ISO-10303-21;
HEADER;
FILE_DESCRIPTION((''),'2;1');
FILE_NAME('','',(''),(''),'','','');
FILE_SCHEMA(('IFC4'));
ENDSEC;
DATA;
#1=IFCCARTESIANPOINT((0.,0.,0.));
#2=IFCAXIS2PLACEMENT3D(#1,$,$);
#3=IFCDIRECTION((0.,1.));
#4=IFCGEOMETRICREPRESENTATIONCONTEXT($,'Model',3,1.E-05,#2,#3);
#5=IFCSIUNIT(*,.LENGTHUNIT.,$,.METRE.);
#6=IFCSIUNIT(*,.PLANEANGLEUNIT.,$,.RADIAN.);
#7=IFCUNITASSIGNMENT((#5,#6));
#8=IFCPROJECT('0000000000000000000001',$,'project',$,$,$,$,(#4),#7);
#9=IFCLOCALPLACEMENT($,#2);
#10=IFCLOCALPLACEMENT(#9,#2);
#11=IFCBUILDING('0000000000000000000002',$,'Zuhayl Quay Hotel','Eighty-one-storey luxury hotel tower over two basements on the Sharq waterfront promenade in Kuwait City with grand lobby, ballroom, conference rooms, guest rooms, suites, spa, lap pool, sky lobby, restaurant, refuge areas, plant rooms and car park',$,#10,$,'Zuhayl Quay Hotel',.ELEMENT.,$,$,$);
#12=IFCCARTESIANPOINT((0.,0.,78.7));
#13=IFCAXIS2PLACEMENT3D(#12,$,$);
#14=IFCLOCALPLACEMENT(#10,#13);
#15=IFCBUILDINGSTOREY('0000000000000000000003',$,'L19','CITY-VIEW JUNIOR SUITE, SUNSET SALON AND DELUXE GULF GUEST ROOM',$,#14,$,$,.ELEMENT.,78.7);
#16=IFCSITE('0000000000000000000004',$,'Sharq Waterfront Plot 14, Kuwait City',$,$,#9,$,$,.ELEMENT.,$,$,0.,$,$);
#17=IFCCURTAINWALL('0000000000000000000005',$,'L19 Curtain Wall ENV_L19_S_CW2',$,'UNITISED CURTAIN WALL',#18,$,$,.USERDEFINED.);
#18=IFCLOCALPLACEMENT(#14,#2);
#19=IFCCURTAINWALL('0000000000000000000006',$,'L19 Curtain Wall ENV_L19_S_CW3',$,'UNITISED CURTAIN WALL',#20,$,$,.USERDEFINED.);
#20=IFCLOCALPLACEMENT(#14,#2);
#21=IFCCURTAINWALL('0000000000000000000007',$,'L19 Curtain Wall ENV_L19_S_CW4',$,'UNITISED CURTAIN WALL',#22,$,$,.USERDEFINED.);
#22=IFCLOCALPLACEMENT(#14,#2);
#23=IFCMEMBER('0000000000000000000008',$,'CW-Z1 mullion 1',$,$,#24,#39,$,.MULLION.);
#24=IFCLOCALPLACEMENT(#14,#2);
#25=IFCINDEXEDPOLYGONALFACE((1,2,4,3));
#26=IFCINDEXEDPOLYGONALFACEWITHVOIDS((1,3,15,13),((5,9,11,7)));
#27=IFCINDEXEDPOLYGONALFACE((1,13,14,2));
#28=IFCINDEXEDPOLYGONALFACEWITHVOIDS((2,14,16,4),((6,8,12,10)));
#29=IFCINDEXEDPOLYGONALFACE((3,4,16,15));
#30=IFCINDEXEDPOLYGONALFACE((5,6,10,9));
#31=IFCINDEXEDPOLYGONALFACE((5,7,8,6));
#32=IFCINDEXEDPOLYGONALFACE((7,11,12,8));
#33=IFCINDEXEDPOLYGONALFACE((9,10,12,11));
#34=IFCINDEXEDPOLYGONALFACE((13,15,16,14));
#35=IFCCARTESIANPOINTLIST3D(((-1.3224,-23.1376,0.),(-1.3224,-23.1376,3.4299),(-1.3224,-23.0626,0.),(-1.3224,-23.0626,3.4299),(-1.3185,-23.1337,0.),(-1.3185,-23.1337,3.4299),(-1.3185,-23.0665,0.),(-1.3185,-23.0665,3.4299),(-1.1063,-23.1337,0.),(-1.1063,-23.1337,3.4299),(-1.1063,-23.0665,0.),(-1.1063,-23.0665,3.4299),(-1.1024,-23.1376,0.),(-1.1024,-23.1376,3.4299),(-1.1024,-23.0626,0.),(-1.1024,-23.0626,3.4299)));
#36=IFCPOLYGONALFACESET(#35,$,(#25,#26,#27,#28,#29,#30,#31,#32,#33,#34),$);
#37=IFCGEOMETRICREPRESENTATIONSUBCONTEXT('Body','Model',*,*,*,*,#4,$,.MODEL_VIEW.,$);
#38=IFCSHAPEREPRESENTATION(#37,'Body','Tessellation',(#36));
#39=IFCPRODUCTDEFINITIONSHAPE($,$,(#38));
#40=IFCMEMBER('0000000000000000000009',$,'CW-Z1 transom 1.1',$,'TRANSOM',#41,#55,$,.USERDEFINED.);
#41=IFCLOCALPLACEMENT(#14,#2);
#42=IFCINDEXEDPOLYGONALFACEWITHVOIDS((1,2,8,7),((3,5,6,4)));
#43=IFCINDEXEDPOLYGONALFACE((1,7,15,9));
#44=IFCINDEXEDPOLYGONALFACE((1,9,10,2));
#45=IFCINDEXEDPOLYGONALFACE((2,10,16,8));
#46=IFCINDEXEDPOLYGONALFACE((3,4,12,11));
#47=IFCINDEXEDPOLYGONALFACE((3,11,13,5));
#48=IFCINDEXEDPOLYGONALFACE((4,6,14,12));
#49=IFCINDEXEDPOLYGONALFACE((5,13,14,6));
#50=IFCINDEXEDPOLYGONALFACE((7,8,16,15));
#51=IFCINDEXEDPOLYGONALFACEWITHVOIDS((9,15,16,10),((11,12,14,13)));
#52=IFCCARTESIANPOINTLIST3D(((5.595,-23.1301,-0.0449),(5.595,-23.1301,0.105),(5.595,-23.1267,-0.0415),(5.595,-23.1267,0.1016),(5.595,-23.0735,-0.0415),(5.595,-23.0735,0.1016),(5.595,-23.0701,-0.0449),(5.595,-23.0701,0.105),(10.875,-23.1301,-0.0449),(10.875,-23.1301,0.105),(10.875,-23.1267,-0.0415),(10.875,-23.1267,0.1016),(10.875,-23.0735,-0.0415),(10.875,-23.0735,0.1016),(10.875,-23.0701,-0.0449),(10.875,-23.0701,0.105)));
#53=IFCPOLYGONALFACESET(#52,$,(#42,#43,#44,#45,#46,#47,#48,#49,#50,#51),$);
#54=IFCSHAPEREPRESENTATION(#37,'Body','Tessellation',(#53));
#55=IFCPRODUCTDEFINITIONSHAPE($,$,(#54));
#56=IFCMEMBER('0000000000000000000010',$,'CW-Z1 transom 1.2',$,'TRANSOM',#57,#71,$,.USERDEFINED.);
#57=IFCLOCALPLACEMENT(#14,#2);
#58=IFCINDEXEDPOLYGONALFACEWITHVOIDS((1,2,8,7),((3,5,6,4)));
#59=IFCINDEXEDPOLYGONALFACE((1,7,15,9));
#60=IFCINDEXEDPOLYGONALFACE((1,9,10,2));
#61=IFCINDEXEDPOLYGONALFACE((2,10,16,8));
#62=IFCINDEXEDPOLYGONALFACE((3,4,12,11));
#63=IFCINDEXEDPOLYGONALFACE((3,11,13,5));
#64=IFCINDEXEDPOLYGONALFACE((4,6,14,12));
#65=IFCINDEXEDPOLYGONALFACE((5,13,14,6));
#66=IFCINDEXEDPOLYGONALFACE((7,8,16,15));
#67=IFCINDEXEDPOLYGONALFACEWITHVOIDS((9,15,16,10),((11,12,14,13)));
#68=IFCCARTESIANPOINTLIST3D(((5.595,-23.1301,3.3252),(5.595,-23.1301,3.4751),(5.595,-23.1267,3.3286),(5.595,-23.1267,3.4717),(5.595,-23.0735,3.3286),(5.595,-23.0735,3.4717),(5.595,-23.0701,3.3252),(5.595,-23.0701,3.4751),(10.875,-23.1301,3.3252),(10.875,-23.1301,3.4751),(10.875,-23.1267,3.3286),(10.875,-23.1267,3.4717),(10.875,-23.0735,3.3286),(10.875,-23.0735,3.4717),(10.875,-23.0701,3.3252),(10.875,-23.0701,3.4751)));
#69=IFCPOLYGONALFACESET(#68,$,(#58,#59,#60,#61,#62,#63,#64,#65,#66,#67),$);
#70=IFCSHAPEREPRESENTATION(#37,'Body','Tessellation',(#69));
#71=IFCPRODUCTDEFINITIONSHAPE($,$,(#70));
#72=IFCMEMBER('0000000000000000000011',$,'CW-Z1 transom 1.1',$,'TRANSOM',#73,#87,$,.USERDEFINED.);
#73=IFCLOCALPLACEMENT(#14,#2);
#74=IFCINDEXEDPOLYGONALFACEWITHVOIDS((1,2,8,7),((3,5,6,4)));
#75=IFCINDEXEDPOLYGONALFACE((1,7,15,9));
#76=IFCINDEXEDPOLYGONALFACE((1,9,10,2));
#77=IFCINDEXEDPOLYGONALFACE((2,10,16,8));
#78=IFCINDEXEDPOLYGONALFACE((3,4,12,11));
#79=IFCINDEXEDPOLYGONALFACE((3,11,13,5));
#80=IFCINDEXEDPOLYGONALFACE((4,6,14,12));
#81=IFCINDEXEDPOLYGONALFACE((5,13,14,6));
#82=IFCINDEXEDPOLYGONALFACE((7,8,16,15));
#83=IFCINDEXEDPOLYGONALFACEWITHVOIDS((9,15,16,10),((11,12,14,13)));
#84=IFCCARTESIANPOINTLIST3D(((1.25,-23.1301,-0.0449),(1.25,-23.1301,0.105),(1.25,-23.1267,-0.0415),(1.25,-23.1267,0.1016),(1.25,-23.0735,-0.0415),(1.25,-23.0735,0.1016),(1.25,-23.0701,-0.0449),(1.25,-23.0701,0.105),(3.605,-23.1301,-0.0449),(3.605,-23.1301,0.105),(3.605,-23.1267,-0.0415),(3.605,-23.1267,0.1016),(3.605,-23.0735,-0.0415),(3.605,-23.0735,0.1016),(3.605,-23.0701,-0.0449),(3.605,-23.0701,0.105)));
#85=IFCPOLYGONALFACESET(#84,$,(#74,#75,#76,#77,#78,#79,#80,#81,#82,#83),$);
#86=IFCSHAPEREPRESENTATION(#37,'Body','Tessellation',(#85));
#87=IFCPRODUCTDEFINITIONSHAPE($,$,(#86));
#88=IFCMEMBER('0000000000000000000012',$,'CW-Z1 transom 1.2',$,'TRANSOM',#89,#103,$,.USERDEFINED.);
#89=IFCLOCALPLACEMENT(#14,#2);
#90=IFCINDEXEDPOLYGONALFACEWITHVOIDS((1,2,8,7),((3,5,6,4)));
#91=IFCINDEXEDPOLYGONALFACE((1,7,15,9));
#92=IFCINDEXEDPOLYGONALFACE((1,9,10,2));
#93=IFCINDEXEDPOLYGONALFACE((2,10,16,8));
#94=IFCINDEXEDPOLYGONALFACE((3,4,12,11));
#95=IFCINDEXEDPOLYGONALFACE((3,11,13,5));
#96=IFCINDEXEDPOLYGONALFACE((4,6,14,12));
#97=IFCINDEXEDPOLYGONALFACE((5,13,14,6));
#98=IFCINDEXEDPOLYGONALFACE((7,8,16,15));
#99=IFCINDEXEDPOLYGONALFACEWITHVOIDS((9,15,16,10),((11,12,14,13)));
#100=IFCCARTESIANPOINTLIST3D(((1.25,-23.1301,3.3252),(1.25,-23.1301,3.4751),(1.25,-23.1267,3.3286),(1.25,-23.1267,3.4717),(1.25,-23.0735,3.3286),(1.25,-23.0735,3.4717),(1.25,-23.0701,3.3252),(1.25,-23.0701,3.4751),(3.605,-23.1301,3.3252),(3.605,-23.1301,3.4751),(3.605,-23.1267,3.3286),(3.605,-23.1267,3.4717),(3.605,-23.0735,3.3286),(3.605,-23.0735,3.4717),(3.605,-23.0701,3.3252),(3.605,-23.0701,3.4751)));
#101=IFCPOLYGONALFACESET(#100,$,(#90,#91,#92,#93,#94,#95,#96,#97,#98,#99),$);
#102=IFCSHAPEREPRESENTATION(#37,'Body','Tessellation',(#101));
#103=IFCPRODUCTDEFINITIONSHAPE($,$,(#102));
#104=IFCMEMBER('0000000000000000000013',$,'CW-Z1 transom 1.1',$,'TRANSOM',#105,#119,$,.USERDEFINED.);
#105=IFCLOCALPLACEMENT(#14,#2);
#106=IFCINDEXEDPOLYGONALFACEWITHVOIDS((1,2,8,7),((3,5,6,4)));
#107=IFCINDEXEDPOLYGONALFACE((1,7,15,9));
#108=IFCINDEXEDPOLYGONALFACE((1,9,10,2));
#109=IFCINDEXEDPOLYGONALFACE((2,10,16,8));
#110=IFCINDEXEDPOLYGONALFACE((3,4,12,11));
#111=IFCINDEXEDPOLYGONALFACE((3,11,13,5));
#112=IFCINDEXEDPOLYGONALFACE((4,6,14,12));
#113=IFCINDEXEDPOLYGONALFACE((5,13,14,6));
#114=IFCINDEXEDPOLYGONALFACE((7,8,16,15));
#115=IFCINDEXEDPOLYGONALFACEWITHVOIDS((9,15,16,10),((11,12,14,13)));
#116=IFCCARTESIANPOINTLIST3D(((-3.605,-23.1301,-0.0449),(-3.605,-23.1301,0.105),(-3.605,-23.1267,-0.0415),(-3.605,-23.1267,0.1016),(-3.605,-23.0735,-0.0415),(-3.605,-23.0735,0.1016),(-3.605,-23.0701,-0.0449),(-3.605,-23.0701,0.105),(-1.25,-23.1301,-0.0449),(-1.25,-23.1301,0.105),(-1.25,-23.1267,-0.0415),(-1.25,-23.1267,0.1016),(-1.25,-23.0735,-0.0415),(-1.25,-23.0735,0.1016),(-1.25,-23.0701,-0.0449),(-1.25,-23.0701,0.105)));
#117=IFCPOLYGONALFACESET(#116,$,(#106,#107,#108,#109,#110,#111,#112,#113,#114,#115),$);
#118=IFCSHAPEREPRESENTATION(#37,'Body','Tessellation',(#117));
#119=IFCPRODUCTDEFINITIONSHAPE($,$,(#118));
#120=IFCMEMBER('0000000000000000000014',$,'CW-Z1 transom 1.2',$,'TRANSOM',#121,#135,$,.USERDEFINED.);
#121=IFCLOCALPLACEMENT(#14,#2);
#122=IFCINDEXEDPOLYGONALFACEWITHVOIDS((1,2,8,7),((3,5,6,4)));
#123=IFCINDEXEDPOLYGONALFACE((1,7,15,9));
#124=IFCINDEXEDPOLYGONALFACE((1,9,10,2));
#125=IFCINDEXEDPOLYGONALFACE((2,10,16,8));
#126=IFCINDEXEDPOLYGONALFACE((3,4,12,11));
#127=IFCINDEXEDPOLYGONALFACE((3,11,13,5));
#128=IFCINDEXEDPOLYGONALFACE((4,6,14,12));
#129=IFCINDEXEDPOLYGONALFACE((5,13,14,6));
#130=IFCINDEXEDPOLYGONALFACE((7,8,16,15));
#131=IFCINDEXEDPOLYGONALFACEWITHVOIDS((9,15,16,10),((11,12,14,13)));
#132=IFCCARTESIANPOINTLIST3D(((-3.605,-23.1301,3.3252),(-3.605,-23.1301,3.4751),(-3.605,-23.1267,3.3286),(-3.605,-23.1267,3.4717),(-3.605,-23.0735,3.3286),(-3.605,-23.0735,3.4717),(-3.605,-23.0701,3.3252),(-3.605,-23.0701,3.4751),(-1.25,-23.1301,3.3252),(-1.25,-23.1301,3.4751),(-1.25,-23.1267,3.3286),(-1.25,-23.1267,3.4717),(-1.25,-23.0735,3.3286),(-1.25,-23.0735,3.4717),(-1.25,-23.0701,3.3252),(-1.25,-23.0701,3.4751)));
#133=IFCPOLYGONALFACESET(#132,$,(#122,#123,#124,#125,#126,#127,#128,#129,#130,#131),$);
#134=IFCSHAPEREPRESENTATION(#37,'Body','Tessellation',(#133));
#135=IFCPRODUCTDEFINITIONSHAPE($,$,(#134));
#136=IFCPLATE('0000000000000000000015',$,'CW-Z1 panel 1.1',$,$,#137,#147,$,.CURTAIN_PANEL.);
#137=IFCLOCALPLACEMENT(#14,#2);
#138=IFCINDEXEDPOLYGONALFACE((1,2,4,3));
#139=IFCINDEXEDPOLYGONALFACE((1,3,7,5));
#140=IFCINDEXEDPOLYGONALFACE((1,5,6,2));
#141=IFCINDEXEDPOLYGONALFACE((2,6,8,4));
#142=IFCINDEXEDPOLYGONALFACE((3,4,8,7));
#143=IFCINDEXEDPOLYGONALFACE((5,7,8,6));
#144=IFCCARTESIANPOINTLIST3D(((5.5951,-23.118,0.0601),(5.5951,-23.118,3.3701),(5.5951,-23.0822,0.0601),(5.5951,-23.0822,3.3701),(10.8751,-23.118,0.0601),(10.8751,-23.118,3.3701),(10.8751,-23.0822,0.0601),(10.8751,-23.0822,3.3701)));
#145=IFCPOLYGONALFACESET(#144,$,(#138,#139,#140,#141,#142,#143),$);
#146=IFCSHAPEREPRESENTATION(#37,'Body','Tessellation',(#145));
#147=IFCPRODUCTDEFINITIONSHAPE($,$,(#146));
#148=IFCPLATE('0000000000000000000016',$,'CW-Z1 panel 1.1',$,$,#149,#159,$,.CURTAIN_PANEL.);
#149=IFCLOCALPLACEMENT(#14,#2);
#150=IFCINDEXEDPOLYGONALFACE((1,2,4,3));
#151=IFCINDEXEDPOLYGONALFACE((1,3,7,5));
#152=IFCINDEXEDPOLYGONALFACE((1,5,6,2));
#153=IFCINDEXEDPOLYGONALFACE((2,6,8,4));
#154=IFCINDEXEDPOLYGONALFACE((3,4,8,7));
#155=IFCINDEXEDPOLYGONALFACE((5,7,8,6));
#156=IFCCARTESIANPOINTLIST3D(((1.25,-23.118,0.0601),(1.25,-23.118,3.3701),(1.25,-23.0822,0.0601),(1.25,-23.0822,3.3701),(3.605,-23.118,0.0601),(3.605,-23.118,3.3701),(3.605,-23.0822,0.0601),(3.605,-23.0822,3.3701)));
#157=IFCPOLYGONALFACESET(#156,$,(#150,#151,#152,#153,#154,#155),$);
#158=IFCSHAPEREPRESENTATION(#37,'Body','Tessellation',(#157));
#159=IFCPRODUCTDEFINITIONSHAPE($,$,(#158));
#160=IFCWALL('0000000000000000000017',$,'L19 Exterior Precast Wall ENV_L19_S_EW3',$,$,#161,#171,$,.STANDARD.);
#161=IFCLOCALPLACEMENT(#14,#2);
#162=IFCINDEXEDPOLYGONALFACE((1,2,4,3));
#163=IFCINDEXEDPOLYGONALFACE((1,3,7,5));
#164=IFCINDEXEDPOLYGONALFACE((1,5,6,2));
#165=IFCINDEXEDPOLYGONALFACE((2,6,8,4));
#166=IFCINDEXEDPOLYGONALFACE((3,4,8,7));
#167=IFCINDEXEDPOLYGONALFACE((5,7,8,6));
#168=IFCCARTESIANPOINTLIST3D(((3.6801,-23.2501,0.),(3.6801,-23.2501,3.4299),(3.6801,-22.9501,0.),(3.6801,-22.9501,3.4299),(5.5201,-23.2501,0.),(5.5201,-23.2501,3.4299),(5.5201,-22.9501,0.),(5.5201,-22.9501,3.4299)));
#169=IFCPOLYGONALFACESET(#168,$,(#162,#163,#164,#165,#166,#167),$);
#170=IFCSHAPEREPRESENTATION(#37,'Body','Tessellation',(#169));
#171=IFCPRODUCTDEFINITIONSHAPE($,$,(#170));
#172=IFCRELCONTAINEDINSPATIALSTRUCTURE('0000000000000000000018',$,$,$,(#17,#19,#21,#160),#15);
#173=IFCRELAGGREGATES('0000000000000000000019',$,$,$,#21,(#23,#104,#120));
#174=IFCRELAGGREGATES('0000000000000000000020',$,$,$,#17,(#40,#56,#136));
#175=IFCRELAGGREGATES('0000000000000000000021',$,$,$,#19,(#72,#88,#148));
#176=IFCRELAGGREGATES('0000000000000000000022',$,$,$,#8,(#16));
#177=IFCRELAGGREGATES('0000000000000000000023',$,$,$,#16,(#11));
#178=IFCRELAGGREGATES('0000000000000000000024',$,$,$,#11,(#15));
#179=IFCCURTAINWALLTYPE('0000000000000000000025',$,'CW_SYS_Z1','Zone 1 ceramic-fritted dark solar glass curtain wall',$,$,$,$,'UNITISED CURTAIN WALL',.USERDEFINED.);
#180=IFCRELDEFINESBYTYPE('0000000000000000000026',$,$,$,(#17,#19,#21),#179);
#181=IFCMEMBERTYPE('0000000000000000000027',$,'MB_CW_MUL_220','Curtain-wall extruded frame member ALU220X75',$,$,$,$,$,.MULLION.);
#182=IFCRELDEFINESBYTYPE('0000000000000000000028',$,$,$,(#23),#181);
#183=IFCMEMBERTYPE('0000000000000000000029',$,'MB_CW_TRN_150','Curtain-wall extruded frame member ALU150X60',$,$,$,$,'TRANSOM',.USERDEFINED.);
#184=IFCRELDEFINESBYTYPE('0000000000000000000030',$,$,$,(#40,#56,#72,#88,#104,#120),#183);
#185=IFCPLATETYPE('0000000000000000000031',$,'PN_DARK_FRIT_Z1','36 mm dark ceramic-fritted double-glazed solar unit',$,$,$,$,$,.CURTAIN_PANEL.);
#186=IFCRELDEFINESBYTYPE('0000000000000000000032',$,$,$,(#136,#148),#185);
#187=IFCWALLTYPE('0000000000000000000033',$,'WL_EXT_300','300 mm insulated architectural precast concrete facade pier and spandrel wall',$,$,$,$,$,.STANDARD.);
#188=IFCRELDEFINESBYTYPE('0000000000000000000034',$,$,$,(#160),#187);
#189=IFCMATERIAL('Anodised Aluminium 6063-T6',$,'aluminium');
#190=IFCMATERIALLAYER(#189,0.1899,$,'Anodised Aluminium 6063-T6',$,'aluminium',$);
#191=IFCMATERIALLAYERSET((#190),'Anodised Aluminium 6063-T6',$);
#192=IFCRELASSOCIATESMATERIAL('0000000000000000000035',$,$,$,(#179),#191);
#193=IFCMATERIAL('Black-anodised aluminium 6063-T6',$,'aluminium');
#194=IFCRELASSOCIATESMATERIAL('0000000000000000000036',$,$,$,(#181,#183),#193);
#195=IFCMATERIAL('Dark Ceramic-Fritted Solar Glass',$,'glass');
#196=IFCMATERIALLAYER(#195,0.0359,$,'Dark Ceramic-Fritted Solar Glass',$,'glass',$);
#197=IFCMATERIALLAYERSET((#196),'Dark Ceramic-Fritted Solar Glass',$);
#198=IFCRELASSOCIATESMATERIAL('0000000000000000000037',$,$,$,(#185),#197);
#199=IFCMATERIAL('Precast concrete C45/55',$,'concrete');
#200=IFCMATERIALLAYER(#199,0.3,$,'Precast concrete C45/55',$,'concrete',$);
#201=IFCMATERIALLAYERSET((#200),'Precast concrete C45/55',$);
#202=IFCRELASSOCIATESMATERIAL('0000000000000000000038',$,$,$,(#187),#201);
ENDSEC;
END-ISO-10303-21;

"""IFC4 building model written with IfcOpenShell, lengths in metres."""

from ifc_helpers import new_model, si_unit, direction, frame, frame_2d, origin, origin_2d, place, context, subcontext, project, spatial, rectangle, hollow_rectangle, extrude, material, layer, layer_set, material_profile, profile_set, type_object, element, aggregate, save


model = new_model("IFC4")

# Units and contexts
model_context = context("Model", 3, precision=1e-05, world=origin(), true_north=direction((0.0, 1.0)))
body_context = subcontext(model_context, "Body", "Model", "MODEL_VIEW")
ifc_project = project(units=[si_unit("LENGTHUNIT", "METRE"), si_unit("PLANEANGLEUNIT", "RADIAN")], contexts=[model_context])

# Site, building, storey
site_placement = place(None, origin())
site = spatial("IfcSite", under=ifc_project, at=site_placement, Name="Sharq Waterfront Plot 14, Kuwait City", CompositionType="ELEMENT", RefElevation=0.0)
building_placement = place(site_placement, origin())
building = spatial("IfcBuilding", under=site, at=building_placement, Name="Zuhayl Quay Hotel", Description="Eighty-one-storey luxury hotel tower over two basements on the Sharq waterfront promenade in Kuwait City with grand lobby, ballroom, conference rooms, guest rooms, suites, spa, lap pool, sky lobby, restaurant, refuge areas, plant rooms and car park", LongName="Zuhayl Quay Hotel", CompositionType="ELEMENT")
storey_placement = place(building_placement, frame((0.0, 0.0, 78.7)))
storey = spatial("IfcBuildingStorey", under=building, at=storey_placement, Name="L19", Description="CITY-VIEW JUNIOR SUITE, SUNSET SALON AND DELUXE GULF GUEST ROOM", CompositionType="ELEMENT", Elevation=78.7)

# Curtain walls
ifc_material_1 = material(Name="Anodised Aluminium 6063-T6", Category="aluminium")
ifc_layer_1 = layer(ifc_material_1, 0.1899, Name="Anodised Aluminium 6063-T6", Category="aluminium")
ifc_layer_set_1 = layer_set([ifc_layer_1], Name="Anodised Aluminium 6063-T6")
curtain_wall_type = type_object("IfcCurtainWallType", Name="CW_SYS_Z1", Description="Zone 1 ceramic-fritted dark solar glass curtain wall", ElementType="UNITISED CURTAIN WALL", PredefinedType="USERDEFINED", material=ifc_layer_set_1)
curtain_wall_1_placement = place(storey_placement, origin())
curtain_wall_1 = element("IfcCurtainWall", 1, at=curtain_wall_1_placement, inside=storey, type_object=curtain_wall_type, Name="L19 Curtain Wall ENV_L19_S_CW2", ObjectType="UNITISED CURTAIN WALL", PredefinedType="USERDEFINED")
ifc_material_2 = material(Name="Black-anodised aluminium 6063-T6", Category="aluminium")
ifc_material_profile_1 = material_profile(ifc_material_2, hollow_rectangle(XDim=0.075, YDim=0.22, WallThickness=0.0039, at=origin_2d()), Name="ALU220X75")
ifc_profile_set_1 = profile_set([ifc_material_profile_1], Name="Black-anodised aluminium 6063-T6")
member_type_1 = type_object("IfcMemberType", Name="MB_CW_MUL_220", Description="Curtain-wall extruded frame member ALU220X75", PredefinedType="MULLION", material=ifc_profile_set_1)
curtain_wall_2_placement = place(storey_placement, origin())
curtain_wall_2 = element("IfcCurtainWall", 2, at=curtain_wall_2_placement, inside=storey, type_object=curtain_wall_type, Name="L19 Curtain Wall ENV_L19_S_CW3", ObjectType="UNITISED CURTAIN WALL", PredefinedType="USERDEFINED")

# Curtain wall, member
curtain_wall_3_placement = place(storey_placement, origin())
curtain_wall_3 = element("IfcCurtainWall", 3, at=curtain_wall_3_placement, inside=storey, type_object=curtain_wall_type, Name="L19 Curtain Wall ENV_L19_S_CW4", ObjectType="UNITISED CURTAIN WALL", PredefinedType="USERDEFINED")
member_1_placement = place(storey_placement, frame((-1.2124, -23.1001, 0.0), z_axis=(0.0, 0.0, 1.0), x_axis=(0.0, -1.0, 0.0)))
member_1 = element("IfcMember", 4, at=member_1_placement, type_object=member_type_1, Name="CW-Z1 mullion 1", PredefinedType="MULLION", context=body_context, shape_type="SweptSolid", body=[
    extrude(hollow_rectangle(XDim=0.075, YDim=0.22, WallThickness=0.0039, at=origin_2d()), origin(), (0.0, 0.0, 1.0), 3.4299),
])

# Members
ifc_material_profile_2 = material_profile(ifc_material_2, hollow_rectangle(XDim=0.0601, YDim=0.1499, WallThickness=0.0034, at=origin_2d()), Name="ALU150X60")
ifc_profile_set_2 = profile_set([ifc_material_profile_2], Name="Black-anodised aluminium 6063-T6")
member_type_2 = type_object("IfcMemberType", Name="MB_CW_TRN_150", Description="Curtain-wall extruded frame member ALU150X60", ElementType="TRANSOM", PredefinedType="USERDEFINED", material=ifc_profile_set_2)
member_2_placement = place(storey_placement, frame((10.875, -23.1001, 0.03), z_axis=(-1.0, 0.0, 0.0), x_axis=(0.0, -1.0, 0.0)))
member_2 = element("IfcMember", 5, at=member_2_placement, type_object=member_type_2, Name="CW-Z1 transom 1.1", ObjectType="TRANSOM", PredefinedType="USERDEFINED", context=body_context, shape_type="SweptSolid", body=[
    extrude(hollow_rectangle(XDim=0.0601, YDim=0.1499, WallThickness=0.0034, at=origin_2d()), origin(), (0.0, 0.0, 1.0), 5.28),
])
member_3_placement = place(storey_placement, frame((10.875, -23.1001, 3.4001), z_axis=(-1.0, 0.0, 0.0), x_axis=(0.0, -1.0, 0.0)))
member_3 = element("IfcMember", 6, at=member_3_placement, type_object=member_type_2, Name="CW-Z1 transom 1.2", ObjectType="TRANSOM", PredefinedType="USERDEFINED", context=body_context, shape_type="SweptSolid", body=[
    extrude(hollow_rectangle(XDim=0.0601, YDim=0.1499, WallThickness=0.0034, at=origin_2d()), origin(), (0.0, 0.0, 1.0), 5.28),
])
member_4_placement = place(storey_placement, frame((3.605, -23.1001, 0.03), z_axis=(-1.0, 0.0, 0.0), x_axis=(0.0, -1.0, 0.0)))
member_4 = element("IfcMember", 7, at=member_4_placement, type_object=member_type_2, Name="CW-Z1 transom 1.1", ObjectType="TRANSOM", PredefinedType="USERDEFINED", context=body_context, shape_type="SweptSolid", body=[
    extrude(hollow_rectangle(XDim=0.0601, YDim=0.1499, WallThickness=0.0034, at=origin_2d()), origin(), (0.0, 0.0, 1.0), 2.355),
])
member_5_placement = place(storey_placement, frame((3.605, -23.1001, 3.4001), z_axis=(-1.0, 0.0, 0.0), x_axis=(0.0, -1.0, 0.0)))
member_5 = element("IfcMember", 8, at=member_5_placement, type_object=member_type_2, Name="CW-Z1 transom 1.2", ObjectType="TRANSOM", PredefinedType="USERDEFINED", context=body_context, shape_type="SweptSolid", body=[
    extrude(hollow_rectangle(XDim=0.0601, YDim=0.1499, WallThickness=0.0034, at=origin_2d()), origin(), (0.0, 0.0, 1.0), 2.355),
])
member_6_placement = place(storey_placement, frame((-1.25, -23.1001, 0.03), z_axis=(-1.0, 0.0, 0.0), x_axis=(0.0, -1.0, 0.0)))
member_6 = element("IfcMember", 9, at=member_6_placement, type_object=member_type_2, Name="CW-Z1 transom 1.1", ObjectType="TRANSOM", PredefinedType="USERDEFINED", context=body_context, shape_type="SweptSolid", body=[
    extrude(hollow_rectangle(XDim=0.0601, YDim=0.1499, WallThickness=0.0034, at=origin_2d()), origin(), (0.0, 0.0, 1.0), 2.355),
])
member_7_placement = place(storey_placement, frame((-1.25, -23.1001, 3.4001), z_axis=(-1.0, 0.0, 0.0), x_axis=(0.0, -1.0, 0.0)))
member_7 = element("IfcMember", 10, at=member_7_placement, type_object=member_type_2, Name="CW-Z1 transom 1.2", ObjectType="TRANSOM", PredefinedType="USERDEFINED", context=body_context, shape_type="SweptSolid", body=[
    extrude(hollow_rectangle(XDim=0.0601, YDim=0.1499, WallThickness=0.0034, at=origin_2d()), origin(), (0.0, 0.0, 1.0), 2.355),
])
aggregate(curtain_wall_3, [member_1, member_6, member_7])

# Plates
ifc_material_3 = material(Name="Dark Ceramic-Fritted Solar Glass", Category="glass")
ifc_layer_2 = layer(ifc_material_3, 0.0359, Name="Dark Ceramic-Fritted Solar Glass", Category="glass")
ifc_layer_set_2 = layer_set([ifc_layer_2], Name="Dark Ceramic-Fritted Solar Glass")
plate_type = type_object("IfcPlateType", Name="PN_DARK_FRIT_Z1", Description="36 mm dark ceramic-fritted double-glazed solar unit", PredefinedType="CURTAIN_PANEL", material=ifc_layer_set_2)
plate_1_placement = place(storey_placement, frame((8.2351, -23.1001, 0.0601), z_axis=(0.0, 0.0, 1.0), x_axis=(-1.0, 0.0, 0.0)))
plate_1 = element("IfcPlate", 11, at=plate_1_placement, type_object=plate_type, Name="CW-Z1 panel 1.1", PredefinedType="CURTAIN_PANEL", context=body_context, shape_type="SweptSolid", body=[
    extrude(rectangle(XDim=5.28, YDim=0.0359, at=origin_2d()), origin(), (0.0, 0.0, 1.0), 3.3101),
])
aggregate(curtain_wall_1, [member_2, member_3, plate_1])
plate_2_placement = place(storey_placement, frame((2.4275, -23.1001, 0.0601), z_axis=(0.0, 0.0, 1.0), x_axis=(-1.0, 0.0, 0.0)))
plate_2 = element("IfcPlate", 12, at=plate_2_placement, type_object=plate_type, Name="CW-Z1 panel 1.1", PredefinedType="CURTAIN_PANEL", context=body_context, shape_type="SweptSolid", body=[
    extrude(rectangle(XDim=2.355, YDim=0.0359, at=origin_2d()), origin(), (0.0, 0.0, 1.0), 3.3101),
])
aggregate(curtain_wall_2, [member_4, member_5, plate_2])

# Wall
ifc_material_4 = material(Name="Precast concrete C45/55", Category="concrete")
ifc_layer_3 = layer(ifc_material_4, 0.3, Name="Precast concrete C45/55", Category="concrete")
ifc_layer_set_3 = layer_set([ifc_layer_3], Name="Precast concrete C45/55")
wall_type_1 = type_object("IfcWallType", Name="WL_EXT_300", Description="300 mm insulated architectural precast concrete facade pier and spandrel wall", PredefinedType="STANDARD", material=ifc_layer_set_3)
wall_1_placement = place(storey_placement, frame((5.52, -23.1001, 0.0), z_axis=(0.0, 0.0, 1.0), x_axis=(-1.0, 0.0, 0.0)))
element("IfcWall", 13, at=wall_1_placement, inside=storey, type_object=wall_type_1, Name="L19 Exterior Precast Wall ENV_L19_S_EW3", PredefinedType="STANDARD", context=body_context, shape_type="SweptSolid", body=[
    extrude(rectangle(XDim=1.8401, YDim=0.3, at=frame_2d((0.9199, 0.0))), origin(), (0.0, 0.0, 1.0), 3.4299),
])

save(model, "model.ifc")
